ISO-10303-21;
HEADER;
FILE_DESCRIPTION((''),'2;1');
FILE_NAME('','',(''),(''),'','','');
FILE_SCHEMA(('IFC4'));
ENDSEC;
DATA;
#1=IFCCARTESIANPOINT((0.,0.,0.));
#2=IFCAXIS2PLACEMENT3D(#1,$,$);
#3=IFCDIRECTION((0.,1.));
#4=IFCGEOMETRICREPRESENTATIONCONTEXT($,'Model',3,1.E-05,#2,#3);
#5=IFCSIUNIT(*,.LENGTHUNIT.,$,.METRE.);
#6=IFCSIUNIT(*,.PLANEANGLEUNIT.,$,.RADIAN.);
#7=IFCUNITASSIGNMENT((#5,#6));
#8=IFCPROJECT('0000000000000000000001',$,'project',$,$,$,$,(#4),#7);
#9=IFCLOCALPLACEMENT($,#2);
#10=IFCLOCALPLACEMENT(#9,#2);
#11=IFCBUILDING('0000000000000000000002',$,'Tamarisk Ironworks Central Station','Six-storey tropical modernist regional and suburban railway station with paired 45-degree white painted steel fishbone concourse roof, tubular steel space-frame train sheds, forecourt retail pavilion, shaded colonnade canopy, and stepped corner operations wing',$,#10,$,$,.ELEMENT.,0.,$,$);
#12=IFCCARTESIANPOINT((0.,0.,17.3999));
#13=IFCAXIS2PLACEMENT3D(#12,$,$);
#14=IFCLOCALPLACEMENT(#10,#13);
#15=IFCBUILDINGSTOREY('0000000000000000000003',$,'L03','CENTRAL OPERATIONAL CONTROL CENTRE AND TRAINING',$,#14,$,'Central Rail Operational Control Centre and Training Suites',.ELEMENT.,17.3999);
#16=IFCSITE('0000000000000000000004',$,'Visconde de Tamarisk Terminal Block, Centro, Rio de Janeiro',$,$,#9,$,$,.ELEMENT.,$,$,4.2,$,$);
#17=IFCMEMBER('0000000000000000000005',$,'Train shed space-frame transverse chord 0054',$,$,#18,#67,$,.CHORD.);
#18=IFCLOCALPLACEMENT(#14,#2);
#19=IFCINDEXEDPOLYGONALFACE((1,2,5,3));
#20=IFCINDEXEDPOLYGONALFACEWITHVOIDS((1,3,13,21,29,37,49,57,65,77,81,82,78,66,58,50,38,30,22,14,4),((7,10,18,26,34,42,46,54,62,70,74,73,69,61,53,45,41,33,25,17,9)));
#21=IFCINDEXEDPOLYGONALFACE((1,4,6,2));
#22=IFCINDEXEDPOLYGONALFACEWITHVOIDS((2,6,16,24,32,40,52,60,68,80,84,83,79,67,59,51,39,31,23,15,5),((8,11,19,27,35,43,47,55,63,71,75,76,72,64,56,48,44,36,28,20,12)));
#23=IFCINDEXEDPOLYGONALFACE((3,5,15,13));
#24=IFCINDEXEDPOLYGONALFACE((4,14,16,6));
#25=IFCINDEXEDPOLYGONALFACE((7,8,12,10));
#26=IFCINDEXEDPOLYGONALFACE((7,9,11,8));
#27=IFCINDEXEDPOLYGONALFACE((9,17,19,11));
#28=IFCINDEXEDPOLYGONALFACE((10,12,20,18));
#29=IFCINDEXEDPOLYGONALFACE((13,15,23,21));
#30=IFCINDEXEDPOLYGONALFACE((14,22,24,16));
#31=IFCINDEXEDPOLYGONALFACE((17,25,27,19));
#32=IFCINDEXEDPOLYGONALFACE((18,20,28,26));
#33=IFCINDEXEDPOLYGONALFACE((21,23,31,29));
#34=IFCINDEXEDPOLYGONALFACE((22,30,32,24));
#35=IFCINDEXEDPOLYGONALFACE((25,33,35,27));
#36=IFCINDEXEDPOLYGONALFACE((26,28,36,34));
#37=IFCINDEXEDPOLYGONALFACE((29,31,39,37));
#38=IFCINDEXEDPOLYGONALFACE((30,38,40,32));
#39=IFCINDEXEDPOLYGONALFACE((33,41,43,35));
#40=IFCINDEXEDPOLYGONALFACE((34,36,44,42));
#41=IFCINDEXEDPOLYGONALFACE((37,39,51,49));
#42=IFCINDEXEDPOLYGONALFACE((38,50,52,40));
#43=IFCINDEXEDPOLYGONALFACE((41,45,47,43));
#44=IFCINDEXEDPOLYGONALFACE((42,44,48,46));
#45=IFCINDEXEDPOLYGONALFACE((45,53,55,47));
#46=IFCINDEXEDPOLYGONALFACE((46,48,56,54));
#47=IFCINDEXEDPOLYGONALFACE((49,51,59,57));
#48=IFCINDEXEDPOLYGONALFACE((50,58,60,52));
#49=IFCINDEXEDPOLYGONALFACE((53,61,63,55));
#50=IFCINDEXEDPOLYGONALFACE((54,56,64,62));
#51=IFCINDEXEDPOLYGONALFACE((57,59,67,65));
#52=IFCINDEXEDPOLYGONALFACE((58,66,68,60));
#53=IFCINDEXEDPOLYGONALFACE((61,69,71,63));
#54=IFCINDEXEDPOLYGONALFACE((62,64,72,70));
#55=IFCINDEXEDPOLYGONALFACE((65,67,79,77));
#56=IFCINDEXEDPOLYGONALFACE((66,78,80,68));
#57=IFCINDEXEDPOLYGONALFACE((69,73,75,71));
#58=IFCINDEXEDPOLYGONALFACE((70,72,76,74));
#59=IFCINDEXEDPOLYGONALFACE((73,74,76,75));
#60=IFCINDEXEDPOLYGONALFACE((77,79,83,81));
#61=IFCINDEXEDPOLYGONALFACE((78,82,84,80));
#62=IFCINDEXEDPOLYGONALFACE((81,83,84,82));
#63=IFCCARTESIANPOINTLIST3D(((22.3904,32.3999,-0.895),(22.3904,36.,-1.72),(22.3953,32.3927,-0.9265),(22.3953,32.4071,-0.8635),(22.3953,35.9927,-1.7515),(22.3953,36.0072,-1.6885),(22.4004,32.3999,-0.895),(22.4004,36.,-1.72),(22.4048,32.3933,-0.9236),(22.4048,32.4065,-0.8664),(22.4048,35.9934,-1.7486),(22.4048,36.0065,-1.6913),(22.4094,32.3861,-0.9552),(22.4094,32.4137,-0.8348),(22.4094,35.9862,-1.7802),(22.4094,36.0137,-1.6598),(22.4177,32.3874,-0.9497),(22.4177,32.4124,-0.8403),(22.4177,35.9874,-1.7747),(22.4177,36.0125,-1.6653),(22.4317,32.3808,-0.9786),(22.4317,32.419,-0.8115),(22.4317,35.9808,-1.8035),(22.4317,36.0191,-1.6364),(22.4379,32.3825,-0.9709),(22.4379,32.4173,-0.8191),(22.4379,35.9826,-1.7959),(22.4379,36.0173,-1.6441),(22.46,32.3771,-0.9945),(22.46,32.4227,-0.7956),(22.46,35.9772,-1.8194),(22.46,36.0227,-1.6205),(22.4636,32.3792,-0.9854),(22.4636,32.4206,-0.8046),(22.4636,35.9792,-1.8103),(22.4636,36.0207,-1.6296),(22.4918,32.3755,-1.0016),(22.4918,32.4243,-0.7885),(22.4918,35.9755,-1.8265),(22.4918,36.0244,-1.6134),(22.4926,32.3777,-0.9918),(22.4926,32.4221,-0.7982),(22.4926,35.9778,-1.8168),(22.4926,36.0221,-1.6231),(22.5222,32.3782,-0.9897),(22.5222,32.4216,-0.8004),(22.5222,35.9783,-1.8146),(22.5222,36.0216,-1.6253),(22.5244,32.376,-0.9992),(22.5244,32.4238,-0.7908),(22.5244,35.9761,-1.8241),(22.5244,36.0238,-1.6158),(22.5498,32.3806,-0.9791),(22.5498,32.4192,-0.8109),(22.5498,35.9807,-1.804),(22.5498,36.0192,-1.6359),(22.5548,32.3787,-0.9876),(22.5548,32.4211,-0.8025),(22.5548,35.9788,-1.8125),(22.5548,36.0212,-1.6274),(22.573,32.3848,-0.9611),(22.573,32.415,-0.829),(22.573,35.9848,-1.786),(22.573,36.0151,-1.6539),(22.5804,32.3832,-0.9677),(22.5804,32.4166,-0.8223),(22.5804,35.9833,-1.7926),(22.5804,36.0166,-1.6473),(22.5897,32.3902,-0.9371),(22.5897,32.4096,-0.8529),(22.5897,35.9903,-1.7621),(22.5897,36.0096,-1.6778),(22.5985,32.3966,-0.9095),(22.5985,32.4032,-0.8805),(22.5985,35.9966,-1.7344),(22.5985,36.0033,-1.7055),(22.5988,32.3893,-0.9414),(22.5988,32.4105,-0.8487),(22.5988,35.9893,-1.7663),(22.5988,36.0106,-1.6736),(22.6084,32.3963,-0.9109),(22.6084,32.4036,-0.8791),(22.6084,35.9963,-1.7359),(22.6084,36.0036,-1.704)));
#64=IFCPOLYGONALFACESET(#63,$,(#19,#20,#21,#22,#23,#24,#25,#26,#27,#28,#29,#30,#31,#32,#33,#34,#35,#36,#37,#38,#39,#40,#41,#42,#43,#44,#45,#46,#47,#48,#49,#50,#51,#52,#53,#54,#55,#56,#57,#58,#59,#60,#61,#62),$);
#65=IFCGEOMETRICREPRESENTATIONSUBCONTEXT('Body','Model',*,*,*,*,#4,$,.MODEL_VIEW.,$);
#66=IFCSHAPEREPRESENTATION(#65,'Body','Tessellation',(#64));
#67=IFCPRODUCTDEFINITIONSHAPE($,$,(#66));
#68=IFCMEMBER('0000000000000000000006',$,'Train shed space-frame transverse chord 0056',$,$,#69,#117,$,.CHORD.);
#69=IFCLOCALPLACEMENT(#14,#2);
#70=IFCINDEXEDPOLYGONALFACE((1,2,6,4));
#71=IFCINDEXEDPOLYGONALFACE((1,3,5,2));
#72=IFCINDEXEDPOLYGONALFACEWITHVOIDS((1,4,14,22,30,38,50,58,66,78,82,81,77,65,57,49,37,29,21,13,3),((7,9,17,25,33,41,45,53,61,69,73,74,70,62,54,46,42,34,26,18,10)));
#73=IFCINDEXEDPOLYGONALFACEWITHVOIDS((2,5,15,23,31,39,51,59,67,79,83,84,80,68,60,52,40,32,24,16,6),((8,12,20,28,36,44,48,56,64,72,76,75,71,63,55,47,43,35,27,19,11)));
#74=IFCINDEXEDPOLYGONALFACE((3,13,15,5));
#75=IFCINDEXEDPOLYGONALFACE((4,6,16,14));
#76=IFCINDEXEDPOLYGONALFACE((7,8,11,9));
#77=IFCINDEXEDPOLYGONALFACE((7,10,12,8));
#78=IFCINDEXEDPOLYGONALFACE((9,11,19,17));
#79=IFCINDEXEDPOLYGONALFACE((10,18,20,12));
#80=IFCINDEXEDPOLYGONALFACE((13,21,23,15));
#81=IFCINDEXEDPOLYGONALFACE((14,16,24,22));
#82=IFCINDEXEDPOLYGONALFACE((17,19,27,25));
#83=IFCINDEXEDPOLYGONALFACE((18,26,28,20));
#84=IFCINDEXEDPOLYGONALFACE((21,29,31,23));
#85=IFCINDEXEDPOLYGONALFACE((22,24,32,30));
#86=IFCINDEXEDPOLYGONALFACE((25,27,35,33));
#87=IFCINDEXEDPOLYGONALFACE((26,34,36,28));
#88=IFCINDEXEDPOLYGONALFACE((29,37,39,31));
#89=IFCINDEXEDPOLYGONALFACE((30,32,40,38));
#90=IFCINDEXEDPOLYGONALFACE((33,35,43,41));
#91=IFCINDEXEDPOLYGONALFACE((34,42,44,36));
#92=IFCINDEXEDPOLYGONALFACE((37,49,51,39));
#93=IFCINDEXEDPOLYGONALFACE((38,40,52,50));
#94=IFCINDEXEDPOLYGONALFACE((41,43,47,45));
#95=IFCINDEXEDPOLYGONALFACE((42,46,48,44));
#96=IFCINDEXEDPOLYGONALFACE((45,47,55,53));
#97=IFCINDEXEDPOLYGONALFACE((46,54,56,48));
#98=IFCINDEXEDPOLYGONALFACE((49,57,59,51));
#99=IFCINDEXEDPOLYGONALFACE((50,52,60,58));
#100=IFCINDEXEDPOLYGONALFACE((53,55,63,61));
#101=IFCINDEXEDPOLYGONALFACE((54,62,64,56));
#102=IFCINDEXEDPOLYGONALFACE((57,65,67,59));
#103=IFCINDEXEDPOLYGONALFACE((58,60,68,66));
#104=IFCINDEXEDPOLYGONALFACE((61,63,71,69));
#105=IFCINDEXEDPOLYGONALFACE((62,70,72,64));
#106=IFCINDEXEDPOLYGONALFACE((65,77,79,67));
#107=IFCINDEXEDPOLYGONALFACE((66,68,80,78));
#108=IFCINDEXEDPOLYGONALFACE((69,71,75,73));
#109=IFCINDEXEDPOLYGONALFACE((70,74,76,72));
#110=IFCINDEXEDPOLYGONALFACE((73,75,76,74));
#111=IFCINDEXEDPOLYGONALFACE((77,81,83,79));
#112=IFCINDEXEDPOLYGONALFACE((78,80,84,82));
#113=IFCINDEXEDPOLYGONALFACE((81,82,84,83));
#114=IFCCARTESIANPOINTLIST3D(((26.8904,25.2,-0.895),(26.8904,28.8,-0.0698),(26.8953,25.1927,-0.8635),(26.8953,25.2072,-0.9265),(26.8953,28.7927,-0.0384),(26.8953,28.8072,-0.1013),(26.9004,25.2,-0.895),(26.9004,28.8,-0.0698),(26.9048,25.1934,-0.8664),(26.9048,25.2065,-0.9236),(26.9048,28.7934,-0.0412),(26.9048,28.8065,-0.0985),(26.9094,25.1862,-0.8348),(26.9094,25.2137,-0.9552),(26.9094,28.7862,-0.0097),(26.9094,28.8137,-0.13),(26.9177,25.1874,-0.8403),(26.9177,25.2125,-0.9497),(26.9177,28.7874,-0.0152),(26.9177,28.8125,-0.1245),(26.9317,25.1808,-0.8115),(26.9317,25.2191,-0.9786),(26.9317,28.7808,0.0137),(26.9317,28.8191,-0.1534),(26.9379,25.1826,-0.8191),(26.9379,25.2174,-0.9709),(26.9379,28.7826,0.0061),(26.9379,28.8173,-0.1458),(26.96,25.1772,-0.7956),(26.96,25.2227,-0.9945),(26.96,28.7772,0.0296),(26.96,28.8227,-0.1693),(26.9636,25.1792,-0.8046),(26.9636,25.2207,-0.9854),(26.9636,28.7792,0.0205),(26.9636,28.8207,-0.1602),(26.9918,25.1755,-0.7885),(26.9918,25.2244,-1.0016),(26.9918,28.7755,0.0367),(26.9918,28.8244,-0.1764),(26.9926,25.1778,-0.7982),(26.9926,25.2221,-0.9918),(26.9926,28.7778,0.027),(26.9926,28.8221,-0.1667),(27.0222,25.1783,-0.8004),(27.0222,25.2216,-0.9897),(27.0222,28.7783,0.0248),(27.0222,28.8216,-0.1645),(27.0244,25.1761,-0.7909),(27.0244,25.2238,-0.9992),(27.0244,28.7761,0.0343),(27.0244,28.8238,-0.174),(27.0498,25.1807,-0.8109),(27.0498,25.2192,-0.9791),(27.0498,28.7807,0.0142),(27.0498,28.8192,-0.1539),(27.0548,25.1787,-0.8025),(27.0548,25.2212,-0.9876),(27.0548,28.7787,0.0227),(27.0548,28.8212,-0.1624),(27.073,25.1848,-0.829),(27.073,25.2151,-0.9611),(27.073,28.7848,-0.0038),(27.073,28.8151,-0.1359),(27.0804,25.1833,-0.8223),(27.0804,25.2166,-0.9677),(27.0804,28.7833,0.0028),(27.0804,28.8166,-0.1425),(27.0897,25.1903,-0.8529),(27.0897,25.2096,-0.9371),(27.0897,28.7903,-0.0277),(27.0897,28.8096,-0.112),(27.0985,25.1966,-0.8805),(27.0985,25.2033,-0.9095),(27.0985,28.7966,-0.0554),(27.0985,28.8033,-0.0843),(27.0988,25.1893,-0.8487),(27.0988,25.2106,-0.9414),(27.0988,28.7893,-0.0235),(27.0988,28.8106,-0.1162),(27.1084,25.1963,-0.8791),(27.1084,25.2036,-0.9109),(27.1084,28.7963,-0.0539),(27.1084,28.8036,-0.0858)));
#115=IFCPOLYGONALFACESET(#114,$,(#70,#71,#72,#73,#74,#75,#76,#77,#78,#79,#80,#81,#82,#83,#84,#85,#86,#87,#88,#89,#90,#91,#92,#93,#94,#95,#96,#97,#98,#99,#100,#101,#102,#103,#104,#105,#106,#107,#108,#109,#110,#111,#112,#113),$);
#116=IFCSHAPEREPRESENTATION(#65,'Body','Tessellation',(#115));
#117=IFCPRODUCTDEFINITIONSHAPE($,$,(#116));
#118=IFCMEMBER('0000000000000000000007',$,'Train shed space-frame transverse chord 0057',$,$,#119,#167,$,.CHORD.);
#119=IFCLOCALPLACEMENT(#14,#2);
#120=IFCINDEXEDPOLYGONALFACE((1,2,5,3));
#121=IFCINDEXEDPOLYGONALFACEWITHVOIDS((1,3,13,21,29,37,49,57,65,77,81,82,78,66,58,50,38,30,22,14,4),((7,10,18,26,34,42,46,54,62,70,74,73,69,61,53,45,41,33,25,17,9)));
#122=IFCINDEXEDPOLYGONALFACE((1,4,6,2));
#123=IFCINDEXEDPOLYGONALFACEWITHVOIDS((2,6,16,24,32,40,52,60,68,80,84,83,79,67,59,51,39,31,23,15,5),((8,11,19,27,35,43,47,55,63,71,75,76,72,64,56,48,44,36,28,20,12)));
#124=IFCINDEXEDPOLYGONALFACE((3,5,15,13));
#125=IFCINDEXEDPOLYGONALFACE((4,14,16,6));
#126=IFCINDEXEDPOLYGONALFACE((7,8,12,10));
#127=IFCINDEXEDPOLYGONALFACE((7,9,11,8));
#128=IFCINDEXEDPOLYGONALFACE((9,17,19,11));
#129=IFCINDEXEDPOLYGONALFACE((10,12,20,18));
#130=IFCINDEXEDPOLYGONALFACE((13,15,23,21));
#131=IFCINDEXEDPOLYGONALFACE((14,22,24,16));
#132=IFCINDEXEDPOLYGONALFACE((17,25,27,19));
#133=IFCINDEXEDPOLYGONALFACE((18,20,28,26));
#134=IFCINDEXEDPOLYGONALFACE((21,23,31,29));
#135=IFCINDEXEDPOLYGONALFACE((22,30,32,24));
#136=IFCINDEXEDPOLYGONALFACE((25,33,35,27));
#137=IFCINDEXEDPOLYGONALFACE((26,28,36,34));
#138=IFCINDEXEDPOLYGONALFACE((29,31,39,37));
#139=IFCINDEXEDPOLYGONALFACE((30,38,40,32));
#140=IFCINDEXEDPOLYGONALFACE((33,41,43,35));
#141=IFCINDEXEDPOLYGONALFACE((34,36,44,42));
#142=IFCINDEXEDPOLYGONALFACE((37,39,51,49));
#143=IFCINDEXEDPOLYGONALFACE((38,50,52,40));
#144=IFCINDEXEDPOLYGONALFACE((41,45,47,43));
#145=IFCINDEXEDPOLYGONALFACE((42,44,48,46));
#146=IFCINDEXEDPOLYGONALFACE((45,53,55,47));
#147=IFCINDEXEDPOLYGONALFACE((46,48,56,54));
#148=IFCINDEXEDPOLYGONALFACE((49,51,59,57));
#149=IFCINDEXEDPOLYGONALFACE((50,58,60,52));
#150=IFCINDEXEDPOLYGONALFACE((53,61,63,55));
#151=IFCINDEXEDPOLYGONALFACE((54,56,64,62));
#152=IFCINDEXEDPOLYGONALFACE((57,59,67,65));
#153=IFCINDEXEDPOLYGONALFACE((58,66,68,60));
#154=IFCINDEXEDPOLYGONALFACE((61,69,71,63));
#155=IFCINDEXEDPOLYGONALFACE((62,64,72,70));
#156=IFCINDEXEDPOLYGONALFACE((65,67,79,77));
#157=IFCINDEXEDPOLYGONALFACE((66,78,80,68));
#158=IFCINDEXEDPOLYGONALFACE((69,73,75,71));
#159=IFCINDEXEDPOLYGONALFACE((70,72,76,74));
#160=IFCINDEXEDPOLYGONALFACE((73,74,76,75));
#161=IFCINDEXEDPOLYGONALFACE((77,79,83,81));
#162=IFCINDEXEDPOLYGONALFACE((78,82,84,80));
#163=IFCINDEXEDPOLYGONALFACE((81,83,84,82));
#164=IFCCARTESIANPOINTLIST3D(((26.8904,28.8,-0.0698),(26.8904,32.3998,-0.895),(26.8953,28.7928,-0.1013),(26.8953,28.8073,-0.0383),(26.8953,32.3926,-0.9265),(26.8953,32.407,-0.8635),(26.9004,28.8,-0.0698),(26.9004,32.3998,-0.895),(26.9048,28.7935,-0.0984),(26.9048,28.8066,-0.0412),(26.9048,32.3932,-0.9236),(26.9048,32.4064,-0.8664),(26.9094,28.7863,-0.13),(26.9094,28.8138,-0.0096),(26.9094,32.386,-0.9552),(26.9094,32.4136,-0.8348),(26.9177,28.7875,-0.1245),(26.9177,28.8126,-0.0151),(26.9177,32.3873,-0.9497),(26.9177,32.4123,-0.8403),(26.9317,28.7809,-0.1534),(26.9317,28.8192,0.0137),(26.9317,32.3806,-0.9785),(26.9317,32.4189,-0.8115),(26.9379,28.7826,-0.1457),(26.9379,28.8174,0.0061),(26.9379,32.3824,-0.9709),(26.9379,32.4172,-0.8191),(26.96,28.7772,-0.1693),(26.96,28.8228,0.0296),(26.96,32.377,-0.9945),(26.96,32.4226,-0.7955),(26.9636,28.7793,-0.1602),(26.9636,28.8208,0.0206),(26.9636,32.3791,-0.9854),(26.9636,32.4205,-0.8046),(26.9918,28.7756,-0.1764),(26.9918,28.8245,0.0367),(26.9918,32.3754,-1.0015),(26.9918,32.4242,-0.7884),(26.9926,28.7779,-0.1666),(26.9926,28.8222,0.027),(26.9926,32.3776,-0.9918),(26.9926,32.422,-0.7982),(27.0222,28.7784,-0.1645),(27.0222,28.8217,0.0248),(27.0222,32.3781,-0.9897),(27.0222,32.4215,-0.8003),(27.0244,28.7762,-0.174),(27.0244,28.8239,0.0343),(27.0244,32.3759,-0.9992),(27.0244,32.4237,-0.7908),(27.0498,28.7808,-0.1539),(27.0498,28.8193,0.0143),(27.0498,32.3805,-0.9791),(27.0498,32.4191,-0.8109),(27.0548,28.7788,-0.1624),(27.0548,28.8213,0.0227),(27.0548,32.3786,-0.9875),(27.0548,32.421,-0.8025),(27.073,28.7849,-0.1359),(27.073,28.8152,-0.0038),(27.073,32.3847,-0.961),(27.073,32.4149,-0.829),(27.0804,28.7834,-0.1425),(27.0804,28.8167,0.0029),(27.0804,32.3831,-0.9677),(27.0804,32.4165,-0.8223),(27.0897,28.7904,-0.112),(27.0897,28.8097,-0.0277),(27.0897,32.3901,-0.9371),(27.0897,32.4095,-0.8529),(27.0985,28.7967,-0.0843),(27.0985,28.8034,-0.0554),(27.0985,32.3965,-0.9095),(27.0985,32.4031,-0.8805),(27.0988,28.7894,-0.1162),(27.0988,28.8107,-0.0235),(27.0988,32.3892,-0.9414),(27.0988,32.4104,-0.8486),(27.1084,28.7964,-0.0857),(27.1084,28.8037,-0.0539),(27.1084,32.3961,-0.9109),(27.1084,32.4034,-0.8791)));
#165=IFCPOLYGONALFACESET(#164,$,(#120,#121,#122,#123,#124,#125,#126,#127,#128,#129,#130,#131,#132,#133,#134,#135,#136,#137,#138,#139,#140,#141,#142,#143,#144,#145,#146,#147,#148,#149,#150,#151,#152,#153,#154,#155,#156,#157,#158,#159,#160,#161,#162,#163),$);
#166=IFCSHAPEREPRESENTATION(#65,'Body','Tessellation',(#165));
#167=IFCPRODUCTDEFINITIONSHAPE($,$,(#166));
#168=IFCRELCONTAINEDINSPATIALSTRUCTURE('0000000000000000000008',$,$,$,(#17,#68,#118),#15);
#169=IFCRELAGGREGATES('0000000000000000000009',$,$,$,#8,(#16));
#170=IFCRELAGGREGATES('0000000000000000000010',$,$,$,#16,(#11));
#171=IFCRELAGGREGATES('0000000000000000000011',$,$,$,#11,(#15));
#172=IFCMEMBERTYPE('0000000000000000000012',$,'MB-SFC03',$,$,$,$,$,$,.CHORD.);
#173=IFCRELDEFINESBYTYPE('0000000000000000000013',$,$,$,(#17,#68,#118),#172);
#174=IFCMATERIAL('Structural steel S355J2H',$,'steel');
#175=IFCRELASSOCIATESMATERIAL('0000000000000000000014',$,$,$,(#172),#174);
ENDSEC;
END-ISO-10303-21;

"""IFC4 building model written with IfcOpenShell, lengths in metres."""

from ifc_helpers import new_model, si_unit, direction, frame, origin, origin_2d, place, context, subcontext, project, spatial, hollow_circle, extrude, material, material_profile, profile_set, type_object, element, save


model = new_model("IFC4")

# Units and contexts
model_context = context("Model", 3, precision=1e-05, world=origin(), true_north=direction((0.0, 1.0)))
body_context = subcontext(model_context, "Body", "Model", "MODEL_VIEW")
ifc_project = project(units=[si_unit("LENGTHUNIT", "METRE"), si_unit("PLANEANGLEUNIT", "RADIAN")], contexts=[model_context])

# Site, building, storey
site_placement = place(None, origin())
site = spatial("IfcSite", under=ifc_project, at=site_placement, Name="Visconde de Tamarisk Terminal Block, Centro, Rio de Janeiro", CompositionType="ELEMENT", RefElevation=4.2)
building_placement = place(site_placement, origin())
building = spatial("IfcBuilding", under=site, at=building_placement, Name="Tamarisk Ironworks Central Station", Description="Six-storey tropical modernist regional and suburban railway station with paired 45-degree white painted steel fishbone concourse roof, tubular steel space-frame train sheds, forecourt retail pavilion, shaded colonnade canopy, and stepped corner operations wing", CompositionType="ELEMENT", ElevationOfRefHeight=0.0)
storey_placement = place(building_placement, frame((0.0, 0.0, 17.3999)))
storey = spatial("IfcBuildingStorey", under=building, at=storey_placement, Name="L03", Description="CENTRAL OPERATIONAL CONTROL CENTRE AND TRAINING", LongName="Central Rail Operational Control Centre and Training Suites", CompositionType="ELEMENT", Elevation=17.3999)

# Members
ifc_material = material(Name="Structural steel S355J2H", Category="steel")
ifc_material_profile_1 = material_profile(ifc_material, hollow_circle(Radius=0.1096, WallThickness=0.01, at=origin_2d()), Name="CHS 219.1x10")
ifc_profile_set_1 = profile_set([ifc_material_profile_1], Name="Structural steel S355J2H")
member_type_1 = type_object("IfcMemberType", Name="MB-SFC03", PredefinedType="CHORD", material=ifc_profile_set_1)
for number, where, z_axis, x_axis, name in (
    (1, (22.5, 32.3999, -0.895), (0.0, 0.974737, -0.223358), (-1.0, 0.0, 0.0), "Train shed space-frame transverse chord 0054"),
    (2, (27.0, 25.2, -0.895), (0.0, 0.974722, 0.223421), (-1.0, 0.0, 0.0), "Train shed space-frame transverse chord 0056"),
):
    element("IfcMember", number, at=place(storey_placement, frame(where, z_axis=z_axis, x_axis=x_axis)), inside=storey, type_object=member_type_1, Name=name, PredefinedType="CHORD", context=body_context, shape_type="SweptSolid", body=[
        extrude(hollow_circle(Radius=0.1096, WallThickness=0.01, at=origin_2d()), origin(), (0.0, 0.0, 1.0), 3.6934),
    ])
member_1_placement = place(storey_placement, frame((27.0, 28.8, -0.0698), z_axis=(0.0, 0.974719, -0.223435), x_axis=(-1.0, 0.0, 0.0)))
element("IfcMember", 3, at=member_1_placement, inside=storey, type_object=member_type_1, Name="Train shed space-frame transverse chord 0057", PredefinedType="CHORD", context=body_context, shape_type="SweptSolid", body=[
    extrude(hollow_circle(Radius=0.1096, WallThickness=0.01, at=origin_2d()), origin(), (0.0, 0.0, 1.0), 3.6931),
])

save(model, "model.ifc")
